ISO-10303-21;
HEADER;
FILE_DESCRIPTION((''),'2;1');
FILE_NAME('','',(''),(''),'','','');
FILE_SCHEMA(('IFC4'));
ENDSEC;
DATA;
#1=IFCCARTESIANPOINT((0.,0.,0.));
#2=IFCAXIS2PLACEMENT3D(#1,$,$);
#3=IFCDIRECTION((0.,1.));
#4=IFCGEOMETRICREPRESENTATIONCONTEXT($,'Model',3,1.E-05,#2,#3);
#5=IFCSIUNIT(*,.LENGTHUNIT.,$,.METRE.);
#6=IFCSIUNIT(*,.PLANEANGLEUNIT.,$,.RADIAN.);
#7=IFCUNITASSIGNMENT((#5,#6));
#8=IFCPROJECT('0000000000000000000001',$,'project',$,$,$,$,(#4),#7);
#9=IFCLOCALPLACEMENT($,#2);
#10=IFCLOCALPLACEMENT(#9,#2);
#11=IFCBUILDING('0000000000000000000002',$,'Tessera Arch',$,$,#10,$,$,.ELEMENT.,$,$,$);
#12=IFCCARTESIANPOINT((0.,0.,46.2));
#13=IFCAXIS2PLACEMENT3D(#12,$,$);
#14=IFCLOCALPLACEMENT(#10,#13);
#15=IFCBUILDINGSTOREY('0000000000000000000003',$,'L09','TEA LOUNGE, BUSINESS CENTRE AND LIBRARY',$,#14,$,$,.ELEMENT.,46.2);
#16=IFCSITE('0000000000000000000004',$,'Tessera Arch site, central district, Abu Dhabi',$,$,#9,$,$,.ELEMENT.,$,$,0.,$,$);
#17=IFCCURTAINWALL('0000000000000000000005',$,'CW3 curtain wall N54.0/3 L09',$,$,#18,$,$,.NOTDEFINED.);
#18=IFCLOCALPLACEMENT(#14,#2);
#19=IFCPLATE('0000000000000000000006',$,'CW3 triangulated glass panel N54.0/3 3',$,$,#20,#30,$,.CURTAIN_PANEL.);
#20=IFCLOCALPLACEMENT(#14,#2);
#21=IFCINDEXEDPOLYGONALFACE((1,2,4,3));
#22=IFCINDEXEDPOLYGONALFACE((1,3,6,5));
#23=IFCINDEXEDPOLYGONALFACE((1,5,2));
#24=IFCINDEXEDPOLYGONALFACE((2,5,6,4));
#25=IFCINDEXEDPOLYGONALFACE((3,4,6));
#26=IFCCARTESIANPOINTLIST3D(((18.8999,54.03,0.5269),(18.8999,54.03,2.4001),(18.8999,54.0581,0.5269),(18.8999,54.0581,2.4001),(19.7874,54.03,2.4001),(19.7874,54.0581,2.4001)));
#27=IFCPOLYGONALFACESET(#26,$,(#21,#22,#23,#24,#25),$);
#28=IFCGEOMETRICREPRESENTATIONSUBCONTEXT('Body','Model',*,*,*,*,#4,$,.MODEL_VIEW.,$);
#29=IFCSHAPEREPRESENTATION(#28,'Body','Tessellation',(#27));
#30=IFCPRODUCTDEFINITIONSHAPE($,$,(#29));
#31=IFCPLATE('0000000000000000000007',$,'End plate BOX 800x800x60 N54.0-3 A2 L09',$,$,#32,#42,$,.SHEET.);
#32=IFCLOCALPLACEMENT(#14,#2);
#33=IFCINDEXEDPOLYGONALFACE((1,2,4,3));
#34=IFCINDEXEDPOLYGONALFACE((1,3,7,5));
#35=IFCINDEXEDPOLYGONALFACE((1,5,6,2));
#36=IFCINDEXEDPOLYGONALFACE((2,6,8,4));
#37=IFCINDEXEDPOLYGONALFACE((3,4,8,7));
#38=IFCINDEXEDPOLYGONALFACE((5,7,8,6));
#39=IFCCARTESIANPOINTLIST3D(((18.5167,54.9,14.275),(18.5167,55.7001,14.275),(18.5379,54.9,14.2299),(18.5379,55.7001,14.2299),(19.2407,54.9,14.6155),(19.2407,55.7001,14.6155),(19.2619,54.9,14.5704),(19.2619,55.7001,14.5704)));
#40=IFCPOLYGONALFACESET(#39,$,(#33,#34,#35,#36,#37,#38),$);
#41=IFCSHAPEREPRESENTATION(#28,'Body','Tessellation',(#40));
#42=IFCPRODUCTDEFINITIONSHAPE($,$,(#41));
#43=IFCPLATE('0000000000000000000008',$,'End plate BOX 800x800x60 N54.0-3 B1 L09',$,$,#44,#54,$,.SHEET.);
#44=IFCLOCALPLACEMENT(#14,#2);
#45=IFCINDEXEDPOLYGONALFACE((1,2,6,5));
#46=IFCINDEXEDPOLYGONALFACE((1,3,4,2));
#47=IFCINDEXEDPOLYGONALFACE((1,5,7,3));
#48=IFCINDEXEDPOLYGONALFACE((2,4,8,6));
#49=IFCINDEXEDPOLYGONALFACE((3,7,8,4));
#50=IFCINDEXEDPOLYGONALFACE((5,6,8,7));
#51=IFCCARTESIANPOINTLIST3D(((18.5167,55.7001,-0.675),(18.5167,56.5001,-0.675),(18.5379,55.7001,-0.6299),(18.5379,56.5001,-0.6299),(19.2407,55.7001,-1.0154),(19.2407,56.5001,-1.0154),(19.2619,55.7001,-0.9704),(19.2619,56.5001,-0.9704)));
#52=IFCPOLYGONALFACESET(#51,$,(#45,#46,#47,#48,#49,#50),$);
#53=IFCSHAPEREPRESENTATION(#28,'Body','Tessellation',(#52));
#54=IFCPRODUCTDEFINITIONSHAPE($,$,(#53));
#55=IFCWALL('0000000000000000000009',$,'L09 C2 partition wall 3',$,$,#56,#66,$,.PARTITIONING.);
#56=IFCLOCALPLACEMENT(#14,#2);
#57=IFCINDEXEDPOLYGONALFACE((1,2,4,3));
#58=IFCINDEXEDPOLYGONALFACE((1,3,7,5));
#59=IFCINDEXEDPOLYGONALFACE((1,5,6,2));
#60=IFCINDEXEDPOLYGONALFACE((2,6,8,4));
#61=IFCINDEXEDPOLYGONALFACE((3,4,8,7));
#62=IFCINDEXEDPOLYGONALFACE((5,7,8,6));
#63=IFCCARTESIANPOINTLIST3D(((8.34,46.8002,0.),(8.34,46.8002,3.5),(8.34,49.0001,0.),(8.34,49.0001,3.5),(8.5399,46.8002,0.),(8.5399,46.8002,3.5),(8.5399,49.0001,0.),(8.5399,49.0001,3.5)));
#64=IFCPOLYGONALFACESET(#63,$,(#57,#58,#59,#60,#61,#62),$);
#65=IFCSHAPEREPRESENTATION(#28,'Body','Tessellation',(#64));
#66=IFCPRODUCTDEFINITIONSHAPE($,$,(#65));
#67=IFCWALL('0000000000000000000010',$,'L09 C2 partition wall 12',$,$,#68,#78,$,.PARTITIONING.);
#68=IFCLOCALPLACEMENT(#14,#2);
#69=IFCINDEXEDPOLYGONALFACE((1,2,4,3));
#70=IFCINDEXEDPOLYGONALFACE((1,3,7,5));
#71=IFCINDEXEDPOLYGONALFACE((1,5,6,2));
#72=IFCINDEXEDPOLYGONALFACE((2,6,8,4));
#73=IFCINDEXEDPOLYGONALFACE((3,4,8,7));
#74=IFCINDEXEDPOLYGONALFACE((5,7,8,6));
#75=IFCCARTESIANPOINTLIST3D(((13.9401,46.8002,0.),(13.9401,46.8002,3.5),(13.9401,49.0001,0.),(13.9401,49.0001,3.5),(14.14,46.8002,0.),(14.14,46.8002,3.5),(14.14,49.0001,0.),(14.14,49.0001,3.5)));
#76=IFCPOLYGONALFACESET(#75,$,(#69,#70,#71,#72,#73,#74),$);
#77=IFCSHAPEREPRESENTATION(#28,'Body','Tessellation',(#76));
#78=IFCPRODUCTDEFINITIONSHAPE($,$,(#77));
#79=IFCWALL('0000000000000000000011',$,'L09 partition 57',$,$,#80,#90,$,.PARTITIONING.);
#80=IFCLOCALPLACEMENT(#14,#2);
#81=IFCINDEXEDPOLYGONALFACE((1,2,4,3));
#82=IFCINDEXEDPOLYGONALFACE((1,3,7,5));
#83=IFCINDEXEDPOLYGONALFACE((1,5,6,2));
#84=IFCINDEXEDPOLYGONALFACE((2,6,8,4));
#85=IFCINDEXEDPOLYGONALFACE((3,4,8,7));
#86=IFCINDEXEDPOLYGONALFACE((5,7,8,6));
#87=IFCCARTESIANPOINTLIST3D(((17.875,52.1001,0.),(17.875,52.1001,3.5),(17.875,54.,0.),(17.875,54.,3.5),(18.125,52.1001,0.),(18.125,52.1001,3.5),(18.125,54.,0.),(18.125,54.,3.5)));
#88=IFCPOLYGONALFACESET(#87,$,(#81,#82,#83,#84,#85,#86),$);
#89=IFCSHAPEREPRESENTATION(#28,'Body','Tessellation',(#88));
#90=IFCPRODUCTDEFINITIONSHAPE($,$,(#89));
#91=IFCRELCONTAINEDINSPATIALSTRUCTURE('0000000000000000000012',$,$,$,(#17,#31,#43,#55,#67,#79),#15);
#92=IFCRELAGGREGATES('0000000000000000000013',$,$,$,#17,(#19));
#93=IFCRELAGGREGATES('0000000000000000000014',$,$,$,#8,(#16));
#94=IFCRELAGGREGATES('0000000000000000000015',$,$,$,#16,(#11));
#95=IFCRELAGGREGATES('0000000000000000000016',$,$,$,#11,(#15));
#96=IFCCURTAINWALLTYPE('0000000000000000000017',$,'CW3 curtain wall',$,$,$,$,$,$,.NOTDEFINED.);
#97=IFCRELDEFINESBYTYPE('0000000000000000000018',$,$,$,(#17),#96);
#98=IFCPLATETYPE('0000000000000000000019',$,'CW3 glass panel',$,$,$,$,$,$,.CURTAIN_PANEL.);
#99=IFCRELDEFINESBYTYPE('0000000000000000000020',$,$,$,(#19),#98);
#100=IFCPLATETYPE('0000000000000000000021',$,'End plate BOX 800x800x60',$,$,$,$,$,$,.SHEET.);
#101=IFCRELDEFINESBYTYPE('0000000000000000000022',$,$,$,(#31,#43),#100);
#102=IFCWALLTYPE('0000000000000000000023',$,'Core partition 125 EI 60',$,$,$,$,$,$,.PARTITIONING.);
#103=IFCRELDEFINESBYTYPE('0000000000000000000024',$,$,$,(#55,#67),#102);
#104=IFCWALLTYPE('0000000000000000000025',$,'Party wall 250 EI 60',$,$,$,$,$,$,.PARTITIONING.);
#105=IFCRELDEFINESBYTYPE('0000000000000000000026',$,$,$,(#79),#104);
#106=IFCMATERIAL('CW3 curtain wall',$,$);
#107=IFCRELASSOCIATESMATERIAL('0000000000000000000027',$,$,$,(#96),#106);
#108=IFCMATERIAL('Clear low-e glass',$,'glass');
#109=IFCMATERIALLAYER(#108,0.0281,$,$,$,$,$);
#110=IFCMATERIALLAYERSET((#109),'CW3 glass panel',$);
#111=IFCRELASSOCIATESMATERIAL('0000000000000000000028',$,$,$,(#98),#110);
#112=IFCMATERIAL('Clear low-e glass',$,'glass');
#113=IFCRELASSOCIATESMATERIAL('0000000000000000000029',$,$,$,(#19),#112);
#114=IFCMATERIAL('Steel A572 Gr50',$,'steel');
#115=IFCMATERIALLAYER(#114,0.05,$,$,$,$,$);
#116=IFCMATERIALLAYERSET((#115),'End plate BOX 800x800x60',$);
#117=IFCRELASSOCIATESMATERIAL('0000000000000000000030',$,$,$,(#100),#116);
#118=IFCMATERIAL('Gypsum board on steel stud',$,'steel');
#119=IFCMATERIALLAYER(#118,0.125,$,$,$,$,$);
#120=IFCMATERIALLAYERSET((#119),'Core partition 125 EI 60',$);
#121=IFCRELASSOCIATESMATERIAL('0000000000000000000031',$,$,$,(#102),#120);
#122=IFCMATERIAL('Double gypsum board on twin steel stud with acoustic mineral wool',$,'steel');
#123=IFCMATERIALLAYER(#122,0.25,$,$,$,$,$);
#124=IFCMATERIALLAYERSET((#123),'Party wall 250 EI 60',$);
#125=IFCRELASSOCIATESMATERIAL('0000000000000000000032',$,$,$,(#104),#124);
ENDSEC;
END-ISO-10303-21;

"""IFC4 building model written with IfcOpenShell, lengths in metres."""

from ifc_helpers import new_model, si_unit, direction, frame, frame_2d, origin, origin_2d, place, context, subcontext, project, spatial, polyline, rectangle, outline, extrude, material, layer, layer_set, type_object, element, aggregate, save


model = new_model("IFC4")

# Units and contexts
model_context = context("Model", 3, precision=1e-05, world=origin(), true_north=direction((0.0, 1.0)))
body_context = subcontext(model_context, "Body", "Model", "MODEL_VIEW")
ifc_project = project(units=[si_unit("LENGTHUNIT", "METRE"), si_unit("PLANEANGLEUNIT", "RADIAN")], contexts=[model_context])

# Site, building, storey
site_placement = place(None, origin())
site = spatial("IfcSite", under=ifc_project, at=site_placement, Name="Tessera Arch site, central district, Abu Dhabi", CompositionType="ELEMENT", RefElevation=0.0)
building_placement = place(site_placement, origin())
building = spatial("IfcBuilding", under=site, at=building_placement, Name="Tessera Arch", CompositionType="ELEMENT")
storey_placement = place(building_placement, frame((0.0, 0.0, 46.2)))
storey = spatial("IfcBuildingStorey", under=building, at=storey_placement, Name="L09", Description="TEA LOUNGE, BUSINESS CENTRE AND LIBRARY", CompositionType="ELEMENT", Elevation=46.2)

# Shared definitions
ifc_material_1 = material(Name="Clear low-e glass", Category="glass")

# Curtain wall, plate
ifc_material_2 = material(Name="CW3 curtain wall")
curtain_wall_type_1 = type_object("IfcCurtainWallType", Name="CW3 curtain wall", PredefinedType="NOTDEFINED", material=ifc_material_2)
curtain_wall_1_placement = place(storey_placement, origin())
curtain_wall_1 = element("IfcCurtainWall", 1, at=curtain_wall_1_placement, inside=storey, type_object=curtain_wall_type_1, Name="CW3 curtain wall N54.0/3 L09", PredefinedType="NOTDEFINED")
ifc_material_3 = material(Name="Clear low-e glass", Category="glass")
ifc_layer_1 = layer(ifc_material_3, 0.0281)
ifc_layer_set_1 = layer_set([ifc_layer_1], Name="CW3 glass panel")
plate_type_1 = type_object("IfcPlateType", Name="CW3 glass panel", PredefinedType="CURTAIN_PANEL", material=ifc_layer_set_1)
plate_1_placement = place(storey_placement, frame((18.8999, 54.0581, 2.4001), z_axis=(0.0, 1.0, 0.0), x_axis=(1.0, 0.0, 0.0)))
plate_1 = element("IfcPlate", 2, at=plate_1_placement, type_object=plate_type_1, material=ifc_material_1, Name="CW3 triangulated glass panel N54.0/3 3", PredefinedType="CURTAIN_PANEL", context=body_context, shape_type="SweptSolid", body=[
    extrude(outline(polyline([(0.0, 0.0), (0.8875, 0.0), (0.0, 1.8733), (0.0, 0.0)])), origin(), (0.0, 0.0, -1.0), 0.0281),
])
aggregate(curtain_wall_1, [plate_1])

# Plates
ifc_material_4 = material(Name="Steel A572 Gr50", Category="steel")
ifc_layer_2 = layer(ifc_material_4, 0.05)
ifc_layer_set_2 = layer_set([ifc_layer_2], Name="End plate BOX 800x800x60")
plate_type_2 = type_object("IfcPlateType", Name="End plate BOX 800x800x60", PredefinedType="SHEET", material=ifc_layer_set_2)
for number, where, z_axis, x_axis, name in (
    (3, (18.8999, 55.3, 14.4001), (-0.425561, 0.0, 0.90493), (0.0, -1.0, 0.0), "End plate BOX 800x800x60 N54.0-3 A2 L09"),
    (4, (18.8787, 56.1001, -0.8452), (0.425561, 0.0, 0.90493), (0.0, 1.0, 0.0), "End plate BOX 800x800x60 N54.0-3 B1 L09"),
):
    element("IfcPlate", number, at=place(storey_placement, frame(where, z_axis=z_axis, x_axis=x_axis)), inside=storey, type_object=plate_type_2, Name=name, PredefinedType="SHEET", context=body_context, shape_type="SweptSolid", body=[
        extrude(rectangle(XDim=0.8, YDim=0.8, at=origin_2d()), origin(), (0.0, 0.0, 1.0), 0.0498),
    ])

# Walls
ifc_material_5 = material(Name="Gypsum board on steel stud", Category="steel")
ifc_layer_3 = layer(ifc_material_5, 0.125)
ifc_layer_set_3 = layer_set([ifc_layer_3], Name="Core partition 125 EI 60")
wall_type_1 = type_object("IfcWallType", Name="Core partition 125 EI 60", PredefinedType="PARTITIONING", material=ifc_layer_set_3)
for number, where, z_axis, x_axis, name in (
    (5, (8.4399, 46.8, 0.0), (0.0, 0.0, 1.0), (0.0, 1.0, 0.0), "L09 C2 partition wall 3"),
    (6, (14.04, 46.8, 0.0), (0.0, 0.0, 1.0), (0.0, 1.0, 0.0), "L09 C2 partition wall 12"),
):
    element("IfcWall", number, at=place(storey_placement, frame(where, z_axis=z_axis, x_axis=x_axis)), inside=storey, type_object=wall_type_1, Name=name, PredefinedType="PARTITIONING", context=body_context, shape_type="SweptSolid", body=[
        extrude(rectangle(XDim=2.2, YDim=0.2, at=frame_2d((1.1001, 0.0))), origin(), (0.0, 0.0, 1.0), 3.5),
    ])
ifc_material_6 = material(Name="Double gypsum board on twin steel stud with acoustic mineral wool", Category="steel")
ifc_layer_4 = layer(ifc_material_6, 0.25)
ifc_layer_set_4 = layer_set([ifc_layer_4], Name="Party wall 250 EI 60")
wall_type_2 = type_object("IfcWallType", Name="Party wall 250 EI 60", PredefinedType="PARTITIONING", material=ifc_layer_set_4)
wall_placement = place(storey_placement, frame((18.0, 52.1001, 0.0), z_axis=(0.0, 0.0, 1.0), x_axis=(0.0, 1.0, 0.0)))
element("IfcWall", 7, at=wall_placement, inside=storey, type_object=wall_type_2, Name="L09 partition 57", PredefinedType="PARTITIONING", context=body_context, shape_type="SweptSolid", body=[
    extrude(rectangle(XDim=1.8999, YDim=0.25, at=frame_2d((0.95, 0.0))), origin(), (0.0, 0.0, 1.0), 3.5),
])

save(model, "model.ifc")
